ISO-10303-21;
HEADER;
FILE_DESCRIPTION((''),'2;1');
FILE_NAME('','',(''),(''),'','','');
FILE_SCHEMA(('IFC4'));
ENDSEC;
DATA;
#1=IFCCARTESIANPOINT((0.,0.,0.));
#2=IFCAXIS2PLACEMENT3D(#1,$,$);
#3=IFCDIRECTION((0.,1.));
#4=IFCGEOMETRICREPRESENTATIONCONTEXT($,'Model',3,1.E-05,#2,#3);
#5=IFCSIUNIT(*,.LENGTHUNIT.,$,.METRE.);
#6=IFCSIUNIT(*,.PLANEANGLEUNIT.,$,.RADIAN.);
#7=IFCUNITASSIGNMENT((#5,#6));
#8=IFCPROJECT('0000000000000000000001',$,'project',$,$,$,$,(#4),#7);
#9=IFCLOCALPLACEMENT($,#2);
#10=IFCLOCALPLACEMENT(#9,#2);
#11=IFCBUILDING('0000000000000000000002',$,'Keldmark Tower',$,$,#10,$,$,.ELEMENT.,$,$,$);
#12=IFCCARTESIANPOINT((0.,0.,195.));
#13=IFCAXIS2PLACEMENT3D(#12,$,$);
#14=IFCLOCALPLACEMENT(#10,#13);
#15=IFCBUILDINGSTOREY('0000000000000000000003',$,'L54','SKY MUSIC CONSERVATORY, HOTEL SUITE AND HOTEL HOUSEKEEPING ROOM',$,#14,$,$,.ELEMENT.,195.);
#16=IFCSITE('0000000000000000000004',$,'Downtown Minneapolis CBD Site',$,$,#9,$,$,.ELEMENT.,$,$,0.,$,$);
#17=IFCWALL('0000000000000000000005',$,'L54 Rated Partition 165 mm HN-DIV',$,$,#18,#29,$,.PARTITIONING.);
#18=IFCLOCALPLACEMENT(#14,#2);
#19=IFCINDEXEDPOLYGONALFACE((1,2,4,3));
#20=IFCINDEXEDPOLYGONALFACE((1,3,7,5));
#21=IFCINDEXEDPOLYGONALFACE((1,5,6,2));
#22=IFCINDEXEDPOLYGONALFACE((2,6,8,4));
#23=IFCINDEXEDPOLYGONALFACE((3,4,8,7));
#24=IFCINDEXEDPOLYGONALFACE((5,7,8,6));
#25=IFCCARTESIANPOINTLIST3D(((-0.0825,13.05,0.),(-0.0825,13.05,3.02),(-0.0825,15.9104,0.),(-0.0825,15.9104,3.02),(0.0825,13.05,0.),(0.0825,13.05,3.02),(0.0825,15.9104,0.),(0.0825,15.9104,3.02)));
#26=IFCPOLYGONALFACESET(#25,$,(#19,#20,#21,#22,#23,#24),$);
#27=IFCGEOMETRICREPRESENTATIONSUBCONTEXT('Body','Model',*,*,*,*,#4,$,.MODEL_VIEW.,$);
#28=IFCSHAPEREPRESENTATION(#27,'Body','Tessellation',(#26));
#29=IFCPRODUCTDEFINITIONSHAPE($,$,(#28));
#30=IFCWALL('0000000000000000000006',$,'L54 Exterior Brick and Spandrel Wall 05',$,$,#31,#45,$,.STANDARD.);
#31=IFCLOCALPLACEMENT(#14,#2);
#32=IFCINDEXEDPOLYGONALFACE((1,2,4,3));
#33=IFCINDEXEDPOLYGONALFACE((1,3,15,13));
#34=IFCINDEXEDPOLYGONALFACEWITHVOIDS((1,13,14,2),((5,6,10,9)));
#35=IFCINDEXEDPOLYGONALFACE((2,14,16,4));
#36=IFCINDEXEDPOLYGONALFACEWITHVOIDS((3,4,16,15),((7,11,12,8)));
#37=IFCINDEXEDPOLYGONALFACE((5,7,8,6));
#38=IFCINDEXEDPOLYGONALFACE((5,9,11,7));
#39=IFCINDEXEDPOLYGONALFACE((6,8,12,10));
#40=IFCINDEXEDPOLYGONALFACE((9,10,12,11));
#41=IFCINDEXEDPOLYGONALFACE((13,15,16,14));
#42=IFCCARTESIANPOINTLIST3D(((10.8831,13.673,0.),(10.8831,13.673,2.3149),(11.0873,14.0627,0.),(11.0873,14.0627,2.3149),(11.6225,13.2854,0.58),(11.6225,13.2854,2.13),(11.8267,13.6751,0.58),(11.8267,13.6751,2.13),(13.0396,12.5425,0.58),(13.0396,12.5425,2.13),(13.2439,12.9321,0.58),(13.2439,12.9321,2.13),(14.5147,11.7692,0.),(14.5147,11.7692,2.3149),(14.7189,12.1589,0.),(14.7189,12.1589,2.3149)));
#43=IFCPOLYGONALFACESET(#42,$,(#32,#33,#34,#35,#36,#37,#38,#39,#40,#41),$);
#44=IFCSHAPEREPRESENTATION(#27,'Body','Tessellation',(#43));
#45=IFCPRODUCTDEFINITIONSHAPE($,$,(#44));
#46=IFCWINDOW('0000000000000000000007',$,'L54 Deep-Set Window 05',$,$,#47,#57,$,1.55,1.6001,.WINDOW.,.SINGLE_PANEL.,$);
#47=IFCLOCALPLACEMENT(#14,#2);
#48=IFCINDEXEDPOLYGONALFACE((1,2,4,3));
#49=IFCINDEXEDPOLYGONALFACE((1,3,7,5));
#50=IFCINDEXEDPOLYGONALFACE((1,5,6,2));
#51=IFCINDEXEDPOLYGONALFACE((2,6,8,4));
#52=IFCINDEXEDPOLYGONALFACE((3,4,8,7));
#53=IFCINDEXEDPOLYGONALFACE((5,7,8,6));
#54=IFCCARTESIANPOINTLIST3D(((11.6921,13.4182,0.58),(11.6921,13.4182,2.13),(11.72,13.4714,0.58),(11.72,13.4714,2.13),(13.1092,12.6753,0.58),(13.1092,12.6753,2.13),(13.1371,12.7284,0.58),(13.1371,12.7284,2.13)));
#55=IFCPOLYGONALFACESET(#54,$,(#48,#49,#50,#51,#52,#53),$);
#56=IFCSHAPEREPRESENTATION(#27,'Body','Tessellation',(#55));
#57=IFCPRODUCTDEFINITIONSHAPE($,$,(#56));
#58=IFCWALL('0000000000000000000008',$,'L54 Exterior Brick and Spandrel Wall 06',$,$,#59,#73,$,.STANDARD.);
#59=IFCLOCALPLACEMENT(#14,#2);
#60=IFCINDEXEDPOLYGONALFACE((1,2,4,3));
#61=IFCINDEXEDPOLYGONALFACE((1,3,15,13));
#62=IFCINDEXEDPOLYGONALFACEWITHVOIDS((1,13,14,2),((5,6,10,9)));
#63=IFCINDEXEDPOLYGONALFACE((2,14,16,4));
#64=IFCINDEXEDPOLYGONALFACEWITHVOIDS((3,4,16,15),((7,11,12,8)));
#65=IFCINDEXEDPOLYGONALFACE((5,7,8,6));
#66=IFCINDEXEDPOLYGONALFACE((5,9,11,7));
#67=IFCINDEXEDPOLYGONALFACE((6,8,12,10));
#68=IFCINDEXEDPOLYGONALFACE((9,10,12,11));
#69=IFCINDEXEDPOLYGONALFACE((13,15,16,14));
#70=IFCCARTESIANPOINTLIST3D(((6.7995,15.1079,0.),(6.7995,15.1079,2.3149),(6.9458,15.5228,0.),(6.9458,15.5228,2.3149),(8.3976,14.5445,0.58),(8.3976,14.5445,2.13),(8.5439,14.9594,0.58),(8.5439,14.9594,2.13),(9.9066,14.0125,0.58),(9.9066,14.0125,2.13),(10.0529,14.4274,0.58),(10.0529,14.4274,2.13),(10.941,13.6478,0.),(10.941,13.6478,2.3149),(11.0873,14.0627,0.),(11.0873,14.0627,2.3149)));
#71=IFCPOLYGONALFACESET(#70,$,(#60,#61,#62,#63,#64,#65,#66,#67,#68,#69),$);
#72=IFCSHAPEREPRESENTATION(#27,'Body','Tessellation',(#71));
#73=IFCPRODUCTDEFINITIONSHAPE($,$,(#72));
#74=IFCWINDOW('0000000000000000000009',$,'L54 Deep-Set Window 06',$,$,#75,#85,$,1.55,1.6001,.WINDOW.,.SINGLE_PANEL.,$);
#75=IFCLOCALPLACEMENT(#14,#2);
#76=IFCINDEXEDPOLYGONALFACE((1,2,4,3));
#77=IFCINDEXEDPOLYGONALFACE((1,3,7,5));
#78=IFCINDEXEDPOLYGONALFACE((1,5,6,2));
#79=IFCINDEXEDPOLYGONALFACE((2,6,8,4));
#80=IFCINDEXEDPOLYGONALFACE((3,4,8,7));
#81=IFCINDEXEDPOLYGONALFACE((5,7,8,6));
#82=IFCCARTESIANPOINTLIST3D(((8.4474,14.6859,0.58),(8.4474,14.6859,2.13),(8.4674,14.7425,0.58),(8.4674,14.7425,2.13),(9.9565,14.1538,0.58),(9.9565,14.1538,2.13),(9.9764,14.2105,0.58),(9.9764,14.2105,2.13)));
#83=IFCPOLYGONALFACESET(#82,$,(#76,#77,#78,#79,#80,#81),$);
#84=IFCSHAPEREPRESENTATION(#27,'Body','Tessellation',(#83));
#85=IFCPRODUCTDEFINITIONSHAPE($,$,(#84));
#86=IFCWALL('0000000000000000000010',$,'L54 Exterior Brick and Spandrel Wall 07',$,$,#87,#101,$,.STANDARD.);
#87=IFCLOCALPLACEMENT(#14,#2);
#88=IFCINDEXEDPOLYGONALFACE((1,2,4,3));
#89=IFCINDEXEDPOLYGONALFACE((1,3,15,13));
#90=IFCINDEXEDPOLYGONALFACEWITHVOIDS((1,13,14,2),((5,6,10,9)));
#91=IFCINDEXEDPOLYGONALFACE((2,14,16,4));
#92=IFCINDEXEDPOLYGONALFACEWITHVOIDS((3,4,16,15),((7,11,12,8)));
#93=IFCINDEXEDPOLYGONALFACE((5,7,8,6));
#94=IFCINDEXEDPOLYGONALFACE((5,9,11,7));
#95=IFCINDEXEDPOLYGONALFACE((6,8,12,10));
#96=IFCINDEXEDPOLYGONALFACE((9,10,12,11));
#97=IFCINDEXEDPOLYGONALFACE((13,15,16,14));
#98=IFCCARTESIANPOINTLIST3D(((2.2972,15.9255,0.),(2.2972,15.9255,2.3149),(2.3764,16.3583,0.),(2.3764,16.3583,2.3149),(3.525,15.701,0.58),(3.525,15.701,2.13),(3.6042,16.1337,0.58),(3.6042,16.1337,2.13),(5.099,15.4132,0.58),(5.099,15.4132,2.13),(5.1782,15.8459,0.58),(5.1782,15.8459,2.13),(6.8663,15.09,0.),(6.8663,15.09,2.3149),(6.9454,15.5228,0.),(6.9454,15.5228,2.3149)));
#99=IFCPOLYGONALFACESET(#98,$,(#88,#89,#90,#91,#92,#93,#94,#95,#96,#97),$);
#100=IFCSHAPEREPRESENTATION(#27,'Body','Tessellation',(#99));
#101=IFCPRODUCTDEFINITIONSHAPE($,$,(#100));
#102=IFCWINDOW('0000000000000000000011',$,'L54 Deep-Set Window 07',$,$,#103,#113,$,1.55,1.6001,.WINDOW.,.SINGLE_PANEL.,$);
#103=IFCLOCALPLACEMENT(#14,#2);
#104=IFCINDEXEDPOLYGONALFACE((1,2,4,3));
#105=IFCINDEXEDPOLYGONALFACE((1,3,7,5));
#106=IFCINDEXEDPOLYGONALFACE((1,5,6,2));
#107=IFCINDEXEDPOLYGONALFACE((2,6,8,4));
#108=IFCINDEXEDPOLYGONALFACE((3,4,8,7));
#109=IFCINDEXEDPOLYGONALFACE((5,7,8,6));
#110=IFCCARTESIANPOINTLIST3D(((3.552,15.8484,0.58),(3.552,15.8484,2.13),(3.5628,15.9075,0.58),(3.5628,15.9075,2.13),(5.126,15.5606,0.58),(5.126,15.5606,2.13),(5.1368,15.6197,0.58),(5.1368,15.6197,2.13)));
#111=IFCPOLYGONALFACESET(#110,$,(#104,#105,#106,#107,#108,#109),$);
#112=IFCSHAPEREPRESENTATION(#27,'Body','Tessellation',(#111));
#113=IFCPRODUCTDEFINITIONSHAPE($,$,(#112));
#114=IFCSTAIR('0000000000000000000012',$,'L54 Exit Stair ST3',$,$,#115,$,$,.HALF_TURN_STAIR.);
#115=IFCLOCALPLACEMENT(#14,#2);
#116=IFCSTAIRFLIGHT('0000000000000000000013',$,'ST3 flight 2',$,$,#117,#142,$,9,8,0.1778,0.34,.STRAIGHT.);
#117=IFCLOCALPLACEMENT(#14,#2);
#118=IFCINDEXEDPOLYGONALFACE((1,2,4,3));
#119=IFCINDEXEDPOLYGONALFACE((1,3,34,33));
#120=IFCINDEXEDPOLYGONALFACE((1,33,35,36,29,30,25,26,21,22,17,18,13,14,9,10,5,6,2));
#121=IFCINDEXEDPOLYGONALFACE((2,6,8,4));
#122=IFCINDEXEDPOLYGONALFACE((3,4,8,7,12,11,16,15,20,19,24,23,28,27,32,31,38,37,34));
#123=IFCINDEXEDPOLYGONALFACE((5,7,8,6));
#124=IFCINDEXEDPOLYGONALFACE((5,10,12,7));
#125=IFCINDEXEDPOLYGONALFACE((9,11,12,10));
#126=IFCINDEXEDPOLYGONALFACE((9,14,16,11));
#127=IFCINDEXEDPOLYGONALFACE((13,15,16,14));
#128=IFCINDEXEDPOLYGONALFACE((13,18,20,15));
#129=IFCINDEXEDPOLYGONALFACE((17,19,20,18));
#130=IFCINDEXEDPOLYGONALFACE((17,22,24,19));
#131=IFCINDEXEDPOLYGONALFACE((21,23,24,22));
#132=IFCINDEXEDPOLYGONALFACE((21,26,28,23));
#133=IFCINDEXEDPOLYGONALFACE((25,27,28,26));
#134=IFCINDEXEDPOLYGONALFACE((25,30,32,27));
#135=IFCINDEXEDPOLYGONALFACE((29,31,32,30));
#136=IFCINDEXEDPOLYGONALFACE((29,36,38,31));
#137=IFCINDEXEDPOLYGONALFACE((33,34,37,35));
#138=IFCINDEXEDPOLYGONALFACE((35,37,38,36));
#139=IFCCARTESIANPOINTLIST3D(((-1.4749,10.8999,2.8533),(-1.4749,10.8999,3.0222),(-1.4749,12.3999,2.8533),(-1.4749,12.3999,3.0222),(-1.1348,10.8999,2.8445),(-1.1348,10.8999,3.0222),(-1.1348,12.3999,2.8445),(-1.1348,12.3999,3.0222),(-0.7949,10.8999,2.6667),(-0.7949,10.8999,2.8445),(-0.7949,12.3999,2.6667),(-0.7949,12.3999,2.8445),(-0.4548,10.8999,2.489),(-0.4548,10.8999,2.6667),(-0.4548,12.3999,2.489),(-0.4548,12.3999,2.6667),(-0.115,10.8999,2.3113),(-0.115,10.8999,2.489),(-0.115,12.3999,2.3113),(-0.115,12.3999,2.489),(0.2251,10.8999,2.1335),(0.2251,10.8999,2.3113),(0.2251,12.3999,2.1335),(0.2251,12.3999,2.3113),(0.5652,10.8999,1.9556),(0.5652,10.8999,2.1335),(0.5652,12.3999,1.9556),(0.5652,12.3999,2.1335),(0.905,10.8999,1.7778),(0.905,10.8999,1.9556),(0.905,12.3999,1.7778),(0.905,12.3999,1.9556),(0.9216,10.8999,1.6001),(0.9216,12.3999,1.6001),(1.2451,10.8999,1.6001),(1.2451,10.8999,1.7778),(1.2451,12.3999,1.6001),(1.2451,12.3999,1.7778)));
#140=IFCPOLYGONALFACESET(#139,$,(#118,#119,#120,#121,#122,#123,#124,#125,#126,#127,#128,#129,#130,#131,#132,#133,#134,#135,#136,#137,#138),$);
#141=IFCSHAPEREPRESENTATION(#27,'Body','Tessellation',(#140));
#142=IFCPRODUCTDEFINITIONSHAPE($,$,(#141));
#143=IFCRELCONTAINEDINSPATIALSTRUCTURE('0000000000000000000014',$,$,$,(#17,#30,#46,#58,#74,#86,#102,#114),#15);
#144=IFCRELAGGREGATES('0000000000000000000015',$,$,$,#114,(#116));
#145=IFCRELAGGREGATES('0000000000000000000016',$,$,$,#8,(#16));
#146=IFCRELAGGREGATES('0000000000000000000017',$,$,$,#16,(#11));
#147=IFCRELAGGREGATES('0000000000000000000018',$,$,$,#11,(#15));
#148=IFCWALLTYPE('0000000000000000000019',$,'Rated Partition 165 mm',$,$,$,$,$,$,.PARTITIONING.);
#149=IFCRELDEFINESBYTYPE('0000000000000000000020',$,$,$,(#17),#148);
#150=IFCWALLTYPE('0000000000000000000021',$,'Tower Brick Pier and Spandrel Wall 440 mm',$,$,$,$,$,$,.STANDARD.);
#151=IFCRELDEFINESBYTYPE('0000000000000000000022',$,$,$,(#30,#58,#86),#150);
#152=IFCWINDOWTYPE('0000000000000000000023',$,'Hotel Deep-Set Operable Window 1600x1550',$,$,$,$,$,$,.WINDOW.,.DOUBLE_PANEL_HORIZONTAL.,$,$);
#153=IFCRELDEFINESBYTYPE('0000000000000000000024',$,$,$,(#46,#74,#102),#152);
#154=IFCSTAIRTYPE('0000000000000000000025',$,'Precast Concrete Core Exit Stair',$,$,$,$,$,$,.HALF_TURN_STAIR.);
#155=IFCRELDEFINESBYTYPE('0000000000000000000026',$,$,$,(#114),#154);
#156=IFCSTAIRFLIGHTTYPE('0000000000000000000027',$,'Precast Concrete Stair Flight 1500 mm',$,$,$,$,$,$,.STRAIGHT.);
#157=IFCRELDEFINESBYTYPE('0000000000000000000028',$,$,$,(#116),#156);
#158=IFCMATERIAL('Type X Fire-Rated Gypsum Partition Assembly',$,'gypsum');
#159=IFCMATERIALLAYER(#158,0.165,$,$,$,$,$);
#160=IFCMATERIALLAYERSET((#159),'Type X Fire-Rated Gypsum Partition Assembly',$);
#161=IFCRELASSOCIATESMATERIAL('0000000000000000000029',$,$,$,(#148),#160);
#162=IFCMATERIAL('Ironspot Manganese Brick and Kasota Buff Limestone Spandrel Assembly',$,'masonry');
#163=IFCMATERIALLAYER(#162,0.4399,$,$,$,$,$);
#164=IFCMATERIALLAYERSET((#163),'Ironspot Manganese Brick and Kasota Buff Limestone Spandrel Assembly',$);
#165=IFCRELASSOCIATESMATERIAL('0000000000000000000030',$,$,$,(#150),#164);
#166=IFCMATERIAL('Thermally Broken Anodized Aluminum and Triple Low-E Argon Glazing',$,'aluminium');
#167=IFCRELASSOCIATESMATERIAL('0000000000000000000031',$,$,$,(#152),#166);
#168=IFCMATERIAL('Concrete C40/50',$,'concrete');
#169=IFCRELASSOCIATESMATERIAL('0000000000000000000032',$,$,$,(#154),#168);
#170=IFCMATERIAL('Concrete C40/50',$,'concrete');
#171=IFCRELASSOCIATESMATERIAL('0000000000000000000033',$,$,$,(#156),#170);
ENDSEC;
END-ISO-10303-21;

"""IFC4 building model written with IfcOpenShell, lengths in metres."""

from ifc_helpers import new_model, si_unit, direction, frame, frame_2d, origin, place, context, subcontext, project, spatial, polyline, rectangle, outline, extrude, material, layer, layer_set, type_object, element, fill, aggregate, save


model = new_model("IFC4")

# Units and contexts
model_context = context("Model", 3, precision=1e-05, world=origin(), true_north=direction((0.0, 1.0)))
body_context = subcontext(model_context, "Body", "Model", "MODEL_VIEW")
ifc_project = project(units=[si_unit("LENGTHUNIT", "METRE"), si_unit("PLANEANGLEUNIT", "RADIAN")], contexts=[model_context])

# Site, building, storey
site_placement = place(None, origin())
site = spatial("IfcSite", under=ifc_project, at=site_placement, Name="Downtown Minneapolis CBD Site", CompositionType="ELEMENT", RefElevation=0.0)
building_placement = place(site_placement, origin())
building = spatial("IfcBuilding", under=site, at=building_placement, Name="Keldmark Tower", CompositionType="ELEMENT")
storey_placement = place(building_placement, frame((0.0, 0.0, 195.0)))
storey = spatial("IfcBuildingStorey", under=building, at=storey_placement, Name="L54", Description="SKY MUSIC CONSERVATORY, HOTEL SUITE AND HOTEL HOUSEKEEPING ROOM", CompositionType="ELEMENT", Elevation=195.0)

# Wall
ifc_material_1 = material(Name="Type X Fire-Rated Gypsum Partition Assembly", Category="gypsum")
ifc_layer_1 = layer(ifc_material_1, 0.165)
ifc_layer_set_1 = layer_set([ifc_layer_1], Name="Type X Fire-Rated Gypsum Partition Assembly")
wall_type_1 = type_object("IfcWallType", Name="Rated Partition 165 mm", PredefinedType="PARTITIONING", material=ifc_layer_set_1)
wall_1_placement = place(storey_placement, frame((0.0, 13.05, 0.0), z_axis=(0.0, 0.0, 1.0), x_axis=(0.0, 1.0, 0.0)))
element("IfcWall", 1, at=wall_1_placement, inside=storey, type_object=wall_type_1, Name="L54 Rated Partition 165 mm HN-DIV", PredefinedType="PARTITIONING", context=body_context, shape_type="SweptSolid", body=[
    extrude(rectangle(XDim=2.8604, YDim=0.165, at=frame_2d((1.4302, 0.0))), origin(), (0.0, 0.0, 1.0), 3.02),
])

# Walls, openings, windows
ifc_material_2 = material(Name="Ironspot Manganese Brick and Kasota Buff Limestone Spandrel Assembly", Category="masonry")
ifc_layer_2 = layer(ifc_material_2, 0.4399)
ifc_layer_set_2 = layer_set([ifc_layer_2], Name="Ironspot Manganese Brick and Kasota Buff Limestone Spandrel Assembly")
wall_type_2 = type_object("IfcWallType", Name="Tower Brick Pier and Spandrel Wall 440 mm", PredefinedType="STANDARD", material=ifc_layer_set_2)
wall_2_placement = place(storey_placement, frame((10.9851, 13.8679, 0.0), z_axis=(0.0, 0.0, 1.0), x_axis=(0.885676, -0.464303, 0.0)))
wall_2 = element("IfcWall", 2, at=wall_2_placement, inside=storey, type_object=wall_type_2, Name="L54 Exterior Brick and Spandrel Wall 05", PredefinedType="STANDARD", context=body_context, shape_type="SweptSolid", body=[
    extrude(rectangle(XDim=4.1003, YDim=0.4399, at=frame_2d((2.0503, 0.0))), origin(), (0.0, 0.0, 1.0), 2.3149),
])
opening_1_placement = place(wall_2_placement, frame((0.835, 0.0, 0.5801)))
opening_1 = element("IfcOpeningElement", 3, at=opening_1_placement, cuts=wall_2, PredefinedType="OPENING", context=body_context, shape_type="SweptSolid", body=[
    extrude(rectangle(XDim=1.6001, YDim=1.55, at=frame_2d((0.8, 0.7749))), frame((0.0, 0.23, 0.0), z_axis=(0.0, -1.0, 0.0), x_axis=(1.0, 0.0, 0.0)), (0.0, 0.0, 1.0), 0.46),
])
ifc_material_3 = material(Name="Thermally Broken Anodized Aluminum and Triple Low-E Argon Glazing", Category="aluminium")
window_type = type_object("IfcWindowType", Name="Hotel Deep-Set Operable Window 1600x1550", PartitioningType="DOUBLE_PANEL_HORIZONTAL", PredefinedType="WINDOW", material=ifc_material_3)
window_1_placement = place(opening_1_placement, origin())
window_1 = element("IfcWindow", 4, at=window_1_placement, inside=storey, type_object=window_type, Name="L54 Deep-Set Window 05", OverallHeight=1.55, OverallWidth=1.6001, PartitioningType="SINGLE_PANEL", PredefinedType="WINDOW", context=body_context, shape_type="SweptSolid", body=[
    extrude(rectangle(XDim=1.6001, YDim=1.55, at=frame_2d((0.8, 0.7749))), frame((0.0, -0.01, 0.0), z_axis=(0.0, -1.0, 0.0), x_axis=(1.0, 0.0, 0.0)), (0.0, 0.0, 1.0), 0.0601),
])
fill(opening_1, window_1)
wall_3_placement = place(storey_placement, frame((6.8726, 15.3154, 0.0), z_axis=(0.0, 0.0, 1.0), x_axis=(0.9431, -0.332509, 0.0)))
wall_3 = element("IfcWall", 5, at=wall_3_placement, inside=storey, type_object=wall_type_2, Name="L54 Exterior Brick and Spandrel Wall 06", PredefinedType="STANDARD", context=body_context, shape_type="SweptSolid", body=[
    extrude(rectangle(XDim=4.3914, YDim=0.4399, at=frame_2d((2.1958, 0.0))), origin(), (0.0, 0.0, 1.0), 2.3149),
])
opening_2_placement = place(wall_3_placement, frame((1.6946, 0.0, 0.5801)))
opening_2 = element("IfcOpeningElement", 6, at=opening_2_placement, cuts=wall_3, PredefinedType="OPENING", context=body_context, shape_type="SweptSolid", body=[
    extrude(rectangle(XDim=1.6001, YDim=1.55, at=frame_2d((0.8, 0.7749))), frame((0.0, 0.23, 0.0), z_axis=(0.0, -1.0, 0.0), x_axis=(1.0, 0.0, 0.0)), (0.0, 0.0, 1.0), 0.46),
])
window_2_placement = place(opening_2_placement, origin())
window_2 = element("IfcWindow", 7, at=window_2_placement, inside=storey, type_object=window_type, Name="L54 Deep-Set Window 06", OverallHeight=1.55, OverallWidth=1.6001, PartitioningType="SINGLE_PANEL", PredefinedType="WINDOW", context=body_context, shape_type="SweptSolid", body=[
    extrude(rectangle(XDim=1.6001, YDim=1.55, at=frame_2d((0.8, 0.7749))), frame((0.0, -0.01, 0.0), z_axis=(0.0, -1.0, 0.0), x_axis=(1.0, 0.0, 0.0)), (0.0, 0.0, 1.0), 0.0601),
])
fill(opening_2, window_2)
wall_4_placement = place(storey_placement, frame((2.3369, 16.1418, 0.0), z_axis=(0.0, 0.0, 1.0), x_axis=(0.983691, -0.179866, 0.0)))
wall_4 = element("IfcWall", 8, at=wall_4_placement, inside=storey, type_object=wall_type_2, Name="L54 Exterior Brick and Spandrel Wall 07", PredefinedType="STANDARD", context=body_context, shape_type="SweptSolid", body=[
    extrude(rectangle(XDim=4.6448, YDim=0.4399, at=frame_2d((2.3223, 0.0))), origin(), (0.0, 0.0, 1.0), 2.3149),
])
opening_3_placement = place(wall_4_placement, frame((1.248, 0.0, 0.5801)))
opening_3 = element("IfcOpeningElement", 9, at=opening_3_placement, cuts=wall_4, PredefinedType="OPENING", context=body_context, shape_type="SweptSolid", body=[
    extrude(rectangle(XDim=1.6001, YDim=1.55, at=frame_2d((0.8, 0.7749))), frame((0.0, 0.23, 0.0), z_axis=(0.0, -1.0, 0.0), x_axis=(1.0, 0.0, 0.0)), (0.0, 0.0, 1.0), 0.46),
])
window_3_placement = place(opening_3_placement, origin())
window_3 = element("IfcWindow", 10, at=window_3_placement, inside=storey, type_object=window_type, Name="L54 Deep-Set Window 07", OverallHeight=1.55, OverallWidth=1.6001, PartitioningType="SINGLE_PANEL", PredefinedType="WINDOW", context=body_context, shape_type="SweptSolid", body=[
    extrude(rectangle(XDim=1.6001, YDim=1.55, at=frame_2d((0.8, 0.7749))), frame((0.0, -0.01, 0.0), z_axis=(0.0, -1.0, 0.0), x_axis=(1.0, 0.0, 0.0)), (0.0, 0.0, 1.0), 0.0601),
])
fill(opening_3, window_3)

# Stair, stair flight
ifc_material_4 = material(Name="Concrete C40/50", Category="concrete")
stair_type = type_object("IfcStairType", Name="Precast Concrete Core Exit Stair", PredefinedType="HALF_TURN_STAIR", material=ifc_material_4)
stair_placement = place(storey_placement, origin())
stair = element("IfcStair", 11, at=stair_placement, inside=storey, type_object=stair_type, Name="L54 Exit Stair ST3", PredefinedType="HALF_TURN_STAIR")
ifc_material_5 = material(Name="Concrete C40/50", Category="concrete")
stair_flight_type = type_object("IfcStairFlightType", Name="Precast Concrete Stair Flight 1500 mm", PredefinedType="STRAIGHT", material=ifc_material_5)
stair_flight_placement = place(storey_placement, frame((1.2451, 11.6499, 1.6001), z_axis=(0.0, 0.0, 1.0), x_axis=(-1.0, 0.0, 0.0)))
stair_flight = element("IfcStairFlight", 12, at=stair_flight_placement, type_object=stair_flight_type, Name="ST3 flight 2", NumberOfRisers=9, NumberOfTreads=8, PredefinedType="STRAIGHT", RiserHeight=0.1778, TreadLength=0.34, context=body_context, shape_type="SweptSolid", body=[
    extrude(outline(polyline([(0.0, 0.0), (0.0, 0.1777), (0.3401, 0.1777), (0.3401, 0.3555), (0.6799, 0.3555), (0.6799, 0.5334), (1.02, 0.5334), (1.02, 0.7112), (1.3601, 0.7112), (1.3601, 0.8889), (1.7, 0.8889), (1.7, 1.0667), (2.04, 1.0667), (2.04, 1.2444), (2.3799, 1.2444), (2.3799, 1.4221), (2.72, 1.4221), (2.72, 1.6001), (2.72, 1.2532), (0.3235, 0.0), (0.0, 0.0)])), frame((0.0, 0.75, 0.0), z_axis=(0.0, -1.0, 0.0), x_axis=(1.0, 0.0, 0.0)), (0.0, 0.0, 1.0), 1.5),
])
aggregate(stair, [stair_flight])

save(model, "model.ifc")
